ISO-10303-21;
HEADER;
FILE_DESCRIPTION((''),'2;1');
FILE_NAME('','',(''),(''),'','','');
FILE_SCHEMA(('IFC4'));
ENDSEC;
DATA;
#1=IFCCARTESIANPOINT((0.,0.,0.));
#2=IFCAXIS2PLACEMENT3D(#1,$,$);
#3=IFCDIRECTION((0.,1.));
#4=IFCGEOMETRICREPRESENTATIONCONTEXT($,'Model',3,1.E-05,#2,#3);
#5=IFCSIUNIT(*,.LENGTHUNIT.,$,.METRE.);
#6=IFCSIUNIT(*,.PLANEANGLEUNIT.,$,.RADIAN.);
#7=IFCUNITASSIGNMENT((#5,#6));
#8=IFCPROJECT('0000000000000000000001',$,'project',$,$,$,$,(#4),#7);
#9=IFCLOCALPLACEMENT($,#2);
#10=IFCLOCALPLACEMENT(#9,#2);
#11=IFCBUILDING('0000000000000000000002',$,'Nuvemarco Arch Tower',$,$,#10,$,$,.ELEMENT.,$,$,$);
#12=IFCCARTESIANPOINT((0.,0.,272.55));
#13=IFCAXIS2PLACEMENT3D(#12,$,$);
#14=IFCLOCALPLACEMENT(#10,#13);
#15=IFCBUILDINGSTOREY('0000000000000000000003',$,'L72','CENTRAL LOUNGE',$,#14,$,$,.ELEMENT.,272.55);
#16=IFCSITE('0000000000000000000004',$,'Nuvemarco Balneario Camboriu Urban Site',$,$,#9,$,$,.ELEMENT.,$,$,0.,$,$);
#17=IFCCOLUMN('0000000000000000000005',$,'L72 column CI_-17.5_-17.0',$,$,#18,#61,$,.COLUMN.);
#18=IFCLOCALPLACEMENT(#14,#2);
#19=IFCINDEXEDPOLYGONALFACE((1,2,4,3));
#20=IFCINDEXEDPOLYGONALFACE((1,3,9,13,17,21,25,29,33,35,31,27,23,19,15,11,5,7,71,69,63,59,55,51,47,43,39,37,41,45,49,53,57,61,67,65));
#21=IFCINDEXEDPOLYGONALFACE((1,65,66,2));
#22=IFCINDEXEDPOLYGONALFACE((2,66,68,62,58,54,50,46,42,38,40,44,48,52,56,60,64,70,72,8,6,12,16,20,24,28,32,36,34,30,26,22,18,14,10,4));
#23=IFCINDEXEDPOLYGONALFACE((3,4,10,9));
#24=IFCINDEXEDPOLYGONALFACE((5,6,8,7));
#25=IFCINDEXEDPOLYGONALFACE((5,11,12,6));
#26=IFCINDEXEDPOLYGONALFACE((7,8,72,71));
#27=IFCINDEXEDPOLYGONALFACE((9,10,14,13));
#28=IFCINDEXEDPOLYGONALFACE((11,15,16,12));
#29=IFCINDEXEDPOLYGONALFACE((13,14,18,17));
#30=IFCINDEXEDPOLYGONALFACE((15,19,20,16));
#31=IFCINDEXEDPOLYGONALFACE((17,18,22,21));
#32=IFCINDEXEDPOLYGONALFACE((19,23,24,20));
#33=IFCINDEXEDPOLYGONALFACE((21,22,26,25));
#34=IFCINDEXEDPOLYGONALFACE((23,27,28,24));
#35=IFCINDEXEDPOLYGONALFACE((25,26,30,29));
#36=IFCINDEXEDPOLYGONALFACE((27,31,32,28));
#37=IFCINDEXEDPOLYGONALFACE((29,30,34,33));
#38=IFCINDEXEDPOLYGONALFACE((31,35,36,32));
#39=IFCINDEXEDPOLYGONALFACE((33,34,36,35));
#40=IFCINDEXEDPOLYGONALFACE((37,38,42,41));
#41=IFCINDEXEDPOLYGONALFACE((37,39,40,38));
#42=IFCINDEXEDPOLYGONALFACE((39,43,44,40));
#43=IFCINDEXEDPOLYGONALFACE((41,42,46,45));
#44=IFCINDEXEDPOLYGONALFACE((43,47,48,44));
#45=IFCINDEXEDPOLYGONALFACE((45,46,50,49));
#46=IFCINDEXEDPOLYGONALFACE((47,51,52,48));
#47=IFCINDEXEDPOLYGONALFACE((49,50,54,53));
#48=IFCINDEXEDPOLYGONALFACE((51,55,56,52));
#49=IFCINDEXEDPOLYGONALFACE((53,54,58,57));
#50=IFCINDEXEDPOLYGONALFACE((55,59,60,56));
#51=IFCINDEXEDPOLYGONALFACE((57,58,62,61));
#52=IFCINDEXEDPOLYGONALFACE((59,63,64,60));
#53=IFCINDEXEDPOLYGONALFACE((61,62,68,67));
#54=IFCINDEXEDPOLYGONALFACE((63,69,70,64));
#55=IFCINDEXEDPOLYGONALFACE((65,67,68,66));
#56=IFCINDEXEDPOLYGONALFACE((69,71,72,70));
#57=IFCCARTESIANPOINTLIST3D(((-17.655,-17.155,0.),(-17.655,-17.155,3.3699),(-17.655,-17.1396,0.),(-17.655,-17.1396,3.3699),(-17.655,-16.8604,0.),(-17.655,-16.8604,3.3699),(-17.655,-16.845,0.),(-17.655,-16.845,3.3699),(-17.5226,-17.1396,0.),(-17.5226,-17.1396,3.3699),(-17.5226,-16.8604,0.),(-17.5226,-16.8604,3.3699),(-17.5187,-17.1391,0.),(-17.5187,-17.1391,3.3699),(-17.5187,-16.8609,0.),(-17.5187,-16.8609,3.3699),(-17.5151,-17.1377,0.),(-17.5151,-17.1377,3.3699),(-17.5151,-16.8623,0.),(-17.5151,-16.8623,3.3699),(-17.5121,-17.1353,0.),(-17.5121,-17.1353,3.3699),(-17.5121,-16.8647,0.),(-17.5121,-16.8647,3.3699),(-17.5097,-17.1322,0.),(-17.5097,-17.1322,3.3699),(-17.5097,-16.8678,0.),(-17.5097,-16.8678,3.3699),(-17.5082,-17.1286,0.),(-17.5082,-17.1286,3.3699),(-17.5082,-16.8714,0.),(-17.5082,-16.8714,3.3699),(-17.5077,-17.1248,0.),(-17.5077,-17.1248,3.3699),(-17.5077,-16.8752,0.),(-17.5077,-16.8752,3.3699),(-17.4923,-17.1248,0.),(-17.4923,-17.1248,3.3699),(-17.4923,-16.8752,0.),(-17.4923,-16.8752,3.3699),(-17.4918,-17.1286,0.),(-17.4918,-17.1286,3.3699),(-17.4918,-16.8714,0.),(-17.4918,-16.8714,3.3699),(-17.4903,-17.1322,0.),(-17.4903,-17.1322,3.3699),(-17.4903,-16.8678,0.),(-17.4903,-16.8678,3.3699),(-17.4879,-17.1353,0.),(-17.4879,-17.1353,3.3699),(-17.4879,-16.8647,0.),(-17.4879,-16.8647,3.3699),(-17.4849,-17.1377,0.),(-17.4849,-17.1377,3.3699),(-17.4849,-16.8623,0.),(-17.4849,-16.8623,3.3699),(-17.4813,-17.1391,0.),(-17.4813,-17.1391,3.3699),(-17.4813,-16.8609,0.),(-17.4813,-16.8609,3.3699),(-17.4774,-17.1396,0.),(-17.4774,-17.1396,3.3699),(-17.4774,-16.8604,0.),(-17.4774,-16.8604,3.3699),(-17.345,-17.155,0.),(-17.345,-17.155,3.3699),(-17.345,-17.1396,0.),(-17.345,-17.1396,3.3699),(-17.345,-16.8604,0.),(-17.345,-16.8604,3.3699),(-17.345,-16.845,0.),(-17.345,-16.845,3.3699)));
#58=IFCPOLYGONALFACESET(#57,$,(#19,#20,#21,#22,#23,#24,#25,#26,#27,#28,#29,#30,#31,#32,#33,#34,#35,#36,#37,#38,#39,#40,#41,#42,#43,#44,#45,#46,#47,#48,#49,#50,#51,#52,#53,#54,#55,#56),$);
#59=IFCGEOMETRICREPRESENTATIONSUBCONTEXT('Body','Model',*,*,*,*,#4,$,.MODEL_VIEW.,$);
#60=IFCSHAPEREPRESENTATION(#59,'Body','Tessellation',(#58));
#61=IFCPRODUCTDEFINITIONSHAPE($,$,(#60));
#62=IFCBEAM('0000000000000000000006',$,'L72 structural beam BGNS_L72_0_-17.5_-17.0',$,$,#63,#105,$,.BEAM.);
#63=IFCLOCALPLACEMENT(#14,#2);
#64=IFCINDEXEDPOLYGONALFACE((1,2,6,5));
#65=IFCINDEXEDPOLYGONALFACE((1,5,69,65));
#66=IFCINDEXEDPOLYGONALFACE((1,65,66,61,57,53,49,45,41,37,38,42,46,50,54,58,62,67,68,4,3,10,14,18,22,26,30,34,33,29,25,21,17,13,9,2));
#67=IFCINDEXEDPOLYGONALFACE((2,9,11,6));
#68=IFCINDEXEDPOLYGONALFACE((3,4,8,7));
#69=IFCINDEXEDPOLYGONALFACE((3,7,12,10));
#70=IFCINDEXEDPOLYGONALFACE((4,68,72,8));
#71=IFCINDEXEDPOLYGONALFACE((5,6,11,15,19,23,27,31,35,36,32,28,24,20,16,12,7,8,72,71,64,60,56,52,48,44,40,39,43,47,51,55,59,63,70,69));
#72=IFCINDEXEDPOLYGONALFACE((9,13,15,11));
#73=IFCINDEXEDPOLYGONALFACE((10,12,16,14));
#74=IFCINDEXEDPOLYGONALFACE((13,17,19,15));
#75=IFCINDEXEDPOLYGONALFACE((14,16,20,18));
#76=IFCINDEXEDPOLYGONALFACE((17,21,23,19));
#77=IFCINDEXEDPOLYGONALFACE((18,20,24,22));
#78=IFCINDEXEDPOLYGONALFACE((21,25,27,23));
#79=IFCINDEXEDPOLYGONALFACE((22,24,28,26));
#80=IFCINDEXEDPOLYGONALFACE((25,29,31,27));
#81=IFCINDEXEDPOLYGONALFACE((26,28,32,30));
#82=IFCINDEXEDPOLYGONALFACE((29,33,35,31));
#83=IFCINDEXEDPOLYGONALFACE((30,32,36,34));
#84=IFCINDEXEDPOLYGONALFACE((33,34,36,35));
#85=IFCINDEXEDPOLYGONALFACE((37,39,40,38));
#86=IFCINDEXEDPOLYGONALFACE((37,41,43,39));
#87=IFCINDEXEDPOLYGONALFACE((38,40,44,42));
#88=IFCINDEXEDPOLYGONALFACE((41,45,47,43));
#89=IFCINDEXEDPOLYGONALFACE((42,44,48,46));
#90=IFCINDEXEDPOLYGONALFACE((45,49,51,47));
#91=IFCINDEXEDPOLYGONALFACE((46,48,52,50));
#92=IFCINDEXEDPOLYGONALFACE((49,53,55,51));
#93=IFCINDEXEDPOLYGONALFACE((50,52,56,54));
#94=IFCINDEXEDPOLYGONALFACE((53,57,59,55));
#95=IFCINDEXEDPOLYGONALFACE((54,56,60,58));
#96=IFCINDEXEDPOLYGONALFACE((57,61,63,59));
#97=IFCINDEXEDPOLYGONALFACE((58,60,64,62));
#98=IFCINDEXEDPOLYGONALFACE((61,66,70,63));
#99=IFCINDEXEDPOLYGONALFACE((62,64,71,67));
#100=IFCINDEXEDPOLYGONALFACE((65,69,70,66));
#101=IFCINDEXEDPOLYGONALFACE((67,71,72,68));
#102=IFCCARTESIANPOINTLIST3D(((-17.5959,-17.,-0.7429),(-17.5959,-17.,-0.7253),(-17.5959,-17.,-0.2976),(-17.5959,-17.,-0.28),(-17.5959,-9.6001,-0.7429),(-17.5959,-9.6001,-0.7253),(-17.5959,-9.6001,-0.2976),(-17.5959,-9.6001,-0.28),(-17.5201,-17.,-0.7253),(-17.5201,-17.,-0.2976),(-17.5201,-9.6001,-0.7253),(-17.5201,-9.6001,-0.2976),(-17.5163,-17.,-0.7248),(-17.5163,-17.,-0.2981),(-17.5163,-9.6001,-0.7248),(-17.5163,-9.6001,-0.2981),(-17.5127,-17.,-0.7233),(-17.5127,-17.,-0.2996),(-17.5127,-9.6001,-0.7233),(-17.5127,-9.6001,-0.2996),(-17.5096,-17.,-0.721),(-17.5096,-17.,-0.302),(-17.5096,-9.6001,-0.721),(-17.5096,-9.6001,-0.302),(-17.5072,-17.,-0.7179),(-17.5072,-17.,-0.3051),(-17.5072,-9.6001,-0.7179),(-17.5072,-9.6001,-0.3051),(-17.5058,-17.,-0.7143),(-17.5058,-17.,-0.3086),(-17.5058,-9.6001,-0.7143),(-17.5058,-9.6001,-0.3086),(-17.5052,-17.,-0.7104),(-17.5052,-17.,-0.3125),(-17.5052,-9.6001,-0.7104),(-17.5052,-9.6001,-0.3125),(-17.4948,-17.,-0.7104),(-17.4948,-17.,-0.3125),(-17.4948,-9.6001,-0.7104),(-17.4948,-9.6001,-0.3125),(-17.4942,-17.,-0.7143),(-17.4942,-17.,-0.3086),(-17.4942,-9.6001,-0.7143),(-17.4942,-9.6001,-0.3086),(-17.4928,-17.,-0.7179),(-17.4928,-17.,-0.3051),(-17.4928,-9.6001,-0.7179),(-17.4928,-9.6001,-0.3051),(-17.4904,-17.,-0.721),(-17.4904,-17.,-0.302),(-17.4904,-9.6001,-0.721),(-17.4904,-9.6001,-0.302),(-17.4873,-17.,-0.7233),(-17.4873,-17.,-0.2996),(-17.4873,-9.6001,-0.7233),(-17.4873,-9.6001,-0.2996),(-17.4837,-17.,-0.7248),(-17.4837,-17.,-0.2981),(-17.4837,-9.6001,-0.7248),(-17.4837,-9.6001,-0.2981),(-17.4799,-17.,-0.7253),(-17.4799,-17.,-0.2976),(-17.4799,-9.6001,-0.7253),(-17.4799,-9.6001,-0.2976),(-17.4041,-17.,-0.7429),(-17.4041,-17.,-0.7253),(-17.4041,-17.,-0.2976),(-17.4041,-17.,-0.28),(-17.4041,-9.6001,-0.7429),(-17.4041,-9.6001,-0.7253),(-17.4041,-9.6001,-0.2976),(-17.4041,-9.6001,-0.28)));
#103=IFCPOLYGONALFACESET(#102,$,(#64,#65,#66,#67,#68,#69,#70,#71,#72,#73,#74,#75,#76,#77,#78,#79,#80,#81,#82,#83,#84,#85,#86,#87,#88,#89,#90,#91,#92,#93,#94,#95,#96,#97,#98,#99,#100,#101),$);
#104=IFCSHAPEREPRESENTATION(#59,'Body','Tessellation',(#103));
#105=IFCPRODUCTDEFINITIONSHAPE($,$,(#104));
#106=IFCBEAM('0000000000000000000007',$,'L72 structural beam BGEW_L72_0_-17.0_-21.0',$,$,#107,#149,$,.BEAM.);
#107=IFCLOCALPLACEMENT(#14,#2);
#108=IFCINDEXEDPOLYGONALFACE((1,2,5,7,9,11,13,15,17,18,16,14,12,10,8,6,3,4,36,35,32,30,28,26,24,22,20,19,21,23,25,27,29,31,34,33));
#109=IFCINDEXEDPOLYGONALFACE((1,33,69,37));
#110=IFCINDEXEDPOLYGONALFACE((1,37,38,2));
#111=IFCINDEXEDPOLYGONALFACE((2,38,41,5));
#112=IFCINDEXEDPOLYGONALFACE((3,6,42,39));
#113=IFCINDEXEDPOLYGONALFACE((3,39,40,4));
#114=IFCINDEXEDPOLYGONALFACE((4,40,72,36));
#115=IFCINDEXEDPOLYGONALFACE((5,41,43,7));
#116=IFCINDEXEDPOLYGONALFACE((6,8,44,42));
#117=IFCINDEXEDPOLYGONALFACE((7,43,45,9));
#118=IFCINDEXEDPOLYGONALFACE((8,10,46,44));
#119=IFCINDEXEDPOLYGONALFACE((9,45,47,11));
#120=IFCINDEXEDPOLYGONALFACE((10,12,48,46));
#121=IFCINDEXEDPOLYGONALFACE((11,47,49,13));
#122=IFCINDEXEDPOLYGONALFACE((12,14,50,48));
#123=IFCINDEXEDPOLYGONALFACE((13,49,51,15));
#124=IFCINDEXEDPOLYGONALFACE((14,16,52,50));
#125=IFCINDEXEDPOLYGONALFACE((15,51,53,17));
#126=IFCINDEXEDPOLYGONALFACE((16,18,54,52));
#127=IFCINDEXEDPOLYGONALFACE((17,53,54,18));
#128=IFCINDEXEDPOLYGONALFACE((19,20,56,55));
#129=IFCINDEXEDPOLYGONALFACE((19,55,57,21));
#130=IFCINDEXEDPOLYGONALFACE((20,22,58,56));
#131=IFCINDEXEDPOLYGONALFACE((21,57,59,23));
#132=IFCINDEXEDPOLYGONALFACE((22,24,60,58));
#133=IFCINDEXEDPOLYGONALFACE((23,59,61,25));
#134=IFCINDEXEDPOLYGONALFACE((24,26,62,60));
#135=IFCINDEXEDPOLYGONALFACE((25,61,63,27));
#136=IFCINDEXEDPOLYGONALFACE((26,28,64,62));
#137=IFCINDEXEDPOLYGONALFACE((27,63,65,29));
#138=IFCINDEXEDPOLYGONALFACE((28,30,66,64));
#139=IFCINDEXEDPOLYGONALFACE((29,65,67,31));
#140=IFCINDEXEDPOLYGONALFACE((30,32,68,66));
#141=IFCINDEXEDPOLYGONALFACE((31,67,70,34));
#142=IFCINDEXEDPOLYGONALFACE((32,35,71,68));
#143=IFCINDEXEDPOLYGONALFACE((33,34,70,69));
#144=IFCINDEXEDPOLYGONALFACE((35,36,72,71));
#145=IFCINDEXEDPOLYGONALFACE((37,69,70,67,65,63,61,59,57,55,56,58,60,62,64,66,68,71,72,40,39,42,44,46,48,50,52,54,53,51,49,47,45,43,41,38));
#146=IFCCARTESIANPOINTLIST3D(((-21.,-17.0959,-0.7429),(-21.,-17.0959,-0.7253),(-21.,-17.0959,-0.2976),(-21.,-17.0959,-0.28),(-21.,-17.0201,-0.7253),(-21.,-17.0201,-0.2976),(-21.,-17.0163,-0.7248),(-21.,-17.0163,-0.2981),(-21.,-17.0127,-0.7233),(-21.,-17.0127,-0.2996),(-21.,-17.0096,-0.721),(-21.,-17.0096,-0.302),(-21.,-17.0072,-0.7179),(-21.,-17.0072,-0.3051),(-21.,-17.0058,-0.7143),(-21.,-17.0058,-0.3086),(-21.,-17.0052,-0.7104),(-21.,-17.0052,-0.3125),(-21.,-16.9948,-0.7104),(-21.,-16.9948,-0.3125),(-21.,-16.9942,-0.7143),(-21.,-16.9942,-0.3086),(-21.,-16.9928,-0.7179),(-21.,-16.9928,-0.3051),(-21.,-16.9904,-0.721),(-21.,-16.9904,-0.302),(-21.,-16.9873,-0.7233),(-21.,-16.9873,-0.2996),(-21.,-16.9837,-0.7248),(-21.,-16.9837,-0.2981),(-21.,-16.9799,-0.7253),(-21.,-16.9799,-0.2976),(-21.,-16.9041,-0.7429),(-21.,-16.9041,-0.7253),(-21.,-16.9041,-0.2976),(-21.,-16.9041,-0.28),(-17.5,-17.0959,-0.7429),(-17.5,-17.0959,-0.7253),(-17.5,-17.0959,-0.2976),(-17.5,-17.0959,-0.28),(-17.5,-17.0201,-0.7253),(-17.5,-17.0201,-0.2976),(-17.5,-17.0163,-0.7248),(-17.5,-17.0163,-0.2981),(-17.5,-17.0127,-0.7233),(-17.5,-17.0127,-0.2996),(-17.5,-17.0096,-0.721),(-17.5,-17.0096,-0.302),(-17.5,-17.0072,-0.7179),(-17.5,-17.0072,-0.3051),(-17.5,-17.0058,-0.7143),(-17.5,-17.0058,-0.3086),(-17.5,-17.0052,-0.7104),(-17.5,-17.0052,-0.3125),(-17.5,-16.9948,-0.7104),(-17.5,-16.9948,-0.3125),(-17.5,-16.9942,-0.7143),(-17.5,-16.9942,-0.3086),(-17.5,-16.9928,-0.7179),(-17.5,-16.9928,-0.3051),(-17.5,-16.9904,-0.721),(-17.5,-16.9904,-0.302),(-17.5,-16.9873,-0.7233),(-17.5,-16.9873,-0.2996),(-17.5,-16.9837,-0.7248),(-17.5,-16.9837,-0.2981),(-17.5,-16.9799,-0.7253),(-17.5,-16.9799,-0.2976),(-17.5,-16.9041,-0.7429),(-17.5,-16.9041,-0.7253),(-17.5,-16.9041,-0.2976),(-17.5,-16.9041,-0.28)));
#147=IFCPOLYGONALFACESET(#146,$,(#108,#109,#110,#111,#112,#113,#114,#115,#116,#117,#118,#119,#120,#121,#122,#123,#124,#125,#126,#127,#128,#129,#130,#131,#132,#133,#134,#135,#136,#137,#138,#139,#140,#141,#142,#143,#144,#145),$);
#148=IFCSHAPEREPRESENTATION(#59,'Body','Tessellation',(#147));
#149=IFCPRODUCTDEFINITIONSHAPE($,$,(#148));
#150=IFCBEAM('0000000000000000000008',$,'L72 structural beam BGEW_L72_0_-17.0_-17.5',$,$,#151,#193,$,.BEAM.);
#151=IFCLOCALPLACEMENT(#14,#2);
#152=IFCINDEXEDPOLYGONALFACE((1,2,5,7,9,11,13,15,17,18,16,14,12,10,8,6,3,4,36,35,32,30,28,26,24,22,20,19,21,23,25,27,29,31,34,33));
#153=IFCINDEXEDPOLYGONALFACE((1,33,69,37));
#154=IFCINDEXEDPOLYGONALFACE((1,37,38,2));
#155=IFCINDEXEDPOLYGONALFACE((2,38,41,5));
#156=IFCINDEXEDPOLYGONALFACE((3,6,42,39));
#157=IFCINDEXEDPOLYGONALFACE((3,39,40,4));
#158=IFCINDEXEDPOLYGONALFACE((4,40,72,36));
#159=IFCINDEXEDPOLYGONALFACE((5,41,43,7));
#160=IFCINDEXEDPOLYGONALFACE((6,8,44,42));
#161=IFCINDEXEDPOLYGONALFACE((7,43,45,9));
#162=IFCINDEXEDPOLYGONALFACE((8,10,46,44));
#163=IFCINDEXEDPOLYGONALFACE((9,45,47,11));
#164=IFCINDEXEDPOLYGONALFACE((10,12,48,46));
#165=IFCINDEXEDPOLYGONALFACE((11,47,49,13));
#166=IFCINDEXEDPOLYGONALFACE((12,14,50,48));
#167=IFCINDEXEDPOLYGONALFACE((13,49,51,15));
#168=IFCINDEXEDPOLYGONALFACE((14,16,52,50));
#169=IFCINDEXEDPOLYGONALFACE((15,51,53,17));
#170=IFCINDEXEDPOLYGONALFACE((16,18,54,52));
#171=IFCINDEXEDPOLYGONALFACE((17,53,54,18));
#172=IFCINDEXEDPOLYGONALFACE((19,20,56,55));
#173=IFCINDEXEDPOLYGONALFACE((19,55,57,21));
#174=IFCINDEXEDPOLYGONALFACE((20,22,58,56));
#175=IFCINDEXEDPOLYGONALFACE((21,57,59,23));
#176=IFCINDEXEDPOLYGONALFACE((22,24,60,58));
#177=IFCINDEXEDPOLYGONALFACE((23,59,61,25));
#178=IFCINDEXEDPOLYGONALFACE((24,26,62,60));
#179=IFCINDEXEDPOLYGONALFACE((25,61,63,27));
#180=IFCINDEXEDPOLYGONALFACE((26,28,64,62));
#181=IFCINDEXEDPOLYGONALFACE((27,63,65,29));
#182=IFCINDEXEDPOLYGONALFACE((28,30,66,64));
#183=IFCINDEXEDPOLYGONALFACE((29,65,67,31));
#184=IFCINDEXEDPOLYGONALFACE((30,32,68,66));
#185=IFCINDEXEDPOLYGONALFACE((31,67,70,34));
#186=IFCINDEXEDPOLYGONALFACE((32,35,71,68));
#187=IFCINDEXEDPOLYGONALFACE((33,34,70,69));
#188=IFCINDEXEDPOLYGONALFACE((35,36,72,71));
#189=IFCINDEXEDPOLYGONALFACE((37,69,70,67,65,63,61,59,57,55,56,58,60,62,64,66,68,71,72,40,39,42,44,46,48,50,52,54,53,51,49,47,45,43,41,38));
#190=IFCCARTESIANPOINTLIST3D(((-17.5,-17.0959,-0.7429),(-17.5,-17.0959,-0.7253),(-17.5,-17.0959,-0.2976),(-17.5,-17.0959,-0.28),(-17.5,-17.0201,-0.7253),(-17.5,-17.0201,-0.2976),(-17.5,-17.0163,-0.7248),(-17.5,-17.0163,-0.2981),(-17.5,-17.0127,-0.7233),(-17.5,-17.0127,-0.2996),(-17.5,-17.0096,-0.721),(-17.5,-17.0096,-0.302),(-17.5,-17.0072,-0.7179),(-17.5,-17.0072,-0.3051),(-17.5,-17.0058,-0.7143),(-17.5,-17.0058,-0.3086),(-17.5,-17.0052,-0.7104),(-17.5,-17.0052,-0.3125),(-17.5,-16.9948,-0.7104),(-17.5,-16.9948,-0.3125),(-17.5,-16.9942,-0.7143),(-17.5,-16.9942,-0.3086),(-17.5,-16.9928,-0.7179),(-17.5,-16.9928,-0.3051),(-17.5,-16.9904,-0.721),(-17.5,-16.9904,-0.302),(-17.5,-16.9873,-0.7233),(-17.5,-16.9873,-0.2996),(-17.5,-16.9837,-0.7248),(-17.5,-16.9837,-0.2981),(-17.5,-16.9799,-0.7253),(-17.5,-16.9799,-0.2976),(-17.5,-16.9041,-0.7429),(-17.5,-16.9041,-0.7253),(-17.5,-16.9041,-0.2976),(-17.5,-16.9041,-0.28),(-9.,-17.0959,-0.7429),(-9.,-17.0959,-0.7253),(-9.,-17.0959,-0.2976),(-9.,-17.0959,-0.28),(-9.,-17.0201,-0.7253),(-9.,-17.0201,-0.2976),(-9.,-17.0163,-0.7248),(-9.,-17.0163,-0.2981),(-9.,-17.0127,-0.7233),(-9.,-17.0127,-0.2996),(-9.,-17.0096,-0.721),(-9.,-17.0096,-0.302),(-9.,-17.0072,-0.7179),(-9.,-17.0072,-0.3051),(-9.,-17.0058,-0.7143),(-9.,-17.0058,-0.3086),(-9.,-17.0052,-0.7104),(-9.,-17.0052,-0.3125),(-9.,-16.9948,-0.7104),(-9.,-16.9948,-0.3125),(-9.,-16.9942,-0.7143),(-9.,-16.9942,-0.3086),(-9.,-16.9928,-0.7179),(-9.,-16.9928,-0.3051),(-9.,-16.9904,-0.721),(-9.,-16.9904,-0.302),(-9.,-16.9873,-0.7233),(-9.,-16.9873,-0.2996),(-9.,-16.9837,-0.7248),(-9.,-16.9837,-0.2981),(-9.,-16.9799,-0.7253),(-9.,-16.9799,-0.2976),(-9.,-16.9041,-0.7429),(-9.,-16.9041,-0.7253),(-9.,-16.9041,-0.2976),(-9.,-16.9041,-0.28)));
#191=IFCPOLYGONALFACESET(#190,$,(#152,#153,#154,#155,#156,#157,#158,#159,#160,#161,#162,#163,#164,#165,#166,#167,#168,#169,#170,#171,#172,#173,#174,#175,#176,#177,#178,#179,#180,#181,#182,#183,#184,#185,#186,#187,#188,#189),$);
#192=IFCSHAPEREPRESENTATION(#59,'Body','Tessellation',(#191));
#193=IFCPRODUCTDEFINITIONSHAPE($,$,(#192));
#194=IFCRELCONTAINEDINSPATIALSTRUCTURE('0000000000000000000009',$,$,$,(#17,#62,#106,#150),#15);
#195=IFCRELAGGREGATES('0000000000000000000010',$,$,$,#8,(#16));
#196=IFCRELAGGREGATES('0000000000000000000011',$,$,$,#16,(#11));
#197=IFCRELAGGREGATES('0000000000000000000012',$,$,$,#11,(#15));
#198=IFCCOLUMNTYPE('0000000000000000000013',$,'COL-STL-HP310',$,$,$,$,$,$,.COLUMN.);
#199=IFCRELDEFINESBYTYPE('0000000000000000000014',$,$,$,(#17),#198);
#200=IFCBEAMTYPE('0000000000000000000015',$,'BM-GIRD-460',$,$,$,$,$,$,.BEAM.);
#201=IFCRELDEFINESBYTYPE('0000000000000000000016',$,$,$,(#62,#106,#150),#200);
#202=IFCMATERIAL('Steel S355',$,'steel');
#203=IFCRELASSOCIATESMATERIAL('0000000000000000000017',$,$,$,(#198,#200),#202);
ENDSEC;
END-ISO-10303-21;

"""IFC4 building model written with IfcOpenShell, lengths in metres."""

from ifc_helpers import new_model, si_unit, direction, frame, origin, origin_2d, place, context, subcontext, project, spatial, i_section, extrude, material, material_profile, profile_set, type_object, element, save


model = new_model("IFC4")

# Units and contexts
model_context = context("Model", 3, precision=1e-05, world=origin(), true_north=direction((0.0, 1.0)))
body_context = subcontext(model_context, "Body", "Model", "MODEL_VIEW")
ifc_project = project(units=[si_unit("LENGTHUNIT", "METRE"), si_unit("PLANEANGLEUNIT", "RADIAN")], contexts=[model_context])

# Site, building, storey
site_placement = place(None, origin())
site = spatial("IfcSite", under=ifc_project, at=site_placement, Name="Nuvemarco Balneario Camboriu Urban Site", CompositionType="ELEMENT", RefElevation=0.0)
building_placement = place(site_placement, origin())
building = spatial("IfcBuilding", under=site, at=building_placement, Name="Nuvemarco Arch Tower", CompositionType="ELEMENT")
storey_placement = place(building_placement, frame((0.0, 0.0, 272.55)))
storey = spatial("IfcBuildingStorey", under=building, at=storey_placement, Name="L72", Description="CENTRAL LOUNGE", CompositionType="ELEMENT", Elevation=272.55)

# Column
ifc_material_1 = material(Name="Steel S355", Category="steel")
ifc_material_profile_1 = material_profile(ifc_material_1, i_section(OverallWidth=0.3101, OverallDepth=0.3101, WebThickness=0.0154, FlangeThickness=0.0154, FilletRadius=0.0149, at=origin_2d()), Name="HP310x110")
ifc_profile_set_1 = profile_set([ifc_material_profile_1], Name="Steel S355")
column_type = type_object("IfcColumnType", Name="COL-STL-HP310", PredefinedType="COLUMN", material=ifc_profile_set_1)
column_placement = place(storey_placement, frame((-17.5, -17.0, 0.0), z_axis=(0.0, 0.0, 1.0), x_axis=(1.0, 0.0, 0.0)))
element("IfcColumn", 1, at=column_placement, inside=storey, type_object=column_type, Name="L72 column CI_-17.5_-17.0", PredefinedType="COLUMN", context=body_context, shape_type="SweptSolid", body=[
    extrude(i_section(OverallWidth=0.3101, OverallDepth=0.3101, WebThickness=0.0154, FlangeThickness=0.0154, FilletRadius=0.0149, at=origin_2d()), origin(), (0.0, 0.0, 1.0), 3.3699),
])

# Beams
ifc_material_profile_2 = material_profile(ifc_material_1, i_section(OverallWidth=0.1919, OverallDepth=0.4629, WebThickness=0.0105, FlangeThickness=0.0176, FilletRadius=0.0149, at=origin_2d()), Name="W460x89")
ifc_profile_set_2 = profile_set([ifc_material_profile_2], Name="Steel S355")
beam_type_1 = type_object("IfcBeamType", Name="BM-GIRD-460", PredefinedType="BEAM", material=ifc_profile_set_2)
beam_1_placement = place(storey_placement, frame((-17.5, -17.0, -0.5115), z_axis=(0.0, 1.0, 0.0), x_axis=(-1.0, 0.0, 0.0)))
element("IfcBeam", 2, at=beam_1_placement, inside=storey, type_object=beam_type_1, Name="L72 structural beam BGNS_L72_0_-17.5_-17.0", PredefinedType="BEAM", context=body_context, shape_type="SweptSolid", body=[
    extrude(i_section(OverallWidth=0.1919, OverallDepth=0.4629, WebThickness=0.0105, FlangeThickness=0.0176, FilletRadius=0.0149, at=origin_2d()), origin(), (0.0, 0.0, 1.0), 7.3999),
])
beam_2_placement = place(storey_placement, frame((-21.0, -17.0, -0.5115), z_axis=(1.0, 0.0, 0.0), x_axis=(0.0, 1.0, 0.0)))
element("IfcBeam", 3, at=beam_2_placement, inside=storey, type_object=beam_type_1, Name="L72 structural beam BGEW_L72_0_-17.0_-21.0", PredefinedType="BEAM", context=body_context, shape_type="SweptSolid", body=[
    extrude(i_section(OverallWidth=0.1919, OverallDepth=0.4629, WebThickness=0.0105, FlangeThickness=0.0176, FilletRadius=0.0149, at=origin_2d()), origin(), (0.0, 0.0, 1.0), 3.5),
])
beam_3_placement = place(storey_placement, frame((-17.5, -17.0, -0.5115), z_axis=(1.0, 0.0, 0.0), x_axis=(0.0, 1.0, 0.0)))
element("IfcBeam", 4, at=beam_3_placement, inside=storey, type_object=beam_type_1, Name="L72 structural beam BGEW_L72_0_-17.0_-17.5", PredefinedType="BEAM", context=body_context, shape_type="SweptSolid", body=[
    extrude(i_section(OverallWidth=0.1919, OverallDepth=0.4629, WebThickness=0.0105, FlangeThickness=0.0176, FilletRadius=0.0149, at=origin_2d()), origin(), (0.0, 0.0, 1.0), 8.5),
])

save(model, "model.ifc")
